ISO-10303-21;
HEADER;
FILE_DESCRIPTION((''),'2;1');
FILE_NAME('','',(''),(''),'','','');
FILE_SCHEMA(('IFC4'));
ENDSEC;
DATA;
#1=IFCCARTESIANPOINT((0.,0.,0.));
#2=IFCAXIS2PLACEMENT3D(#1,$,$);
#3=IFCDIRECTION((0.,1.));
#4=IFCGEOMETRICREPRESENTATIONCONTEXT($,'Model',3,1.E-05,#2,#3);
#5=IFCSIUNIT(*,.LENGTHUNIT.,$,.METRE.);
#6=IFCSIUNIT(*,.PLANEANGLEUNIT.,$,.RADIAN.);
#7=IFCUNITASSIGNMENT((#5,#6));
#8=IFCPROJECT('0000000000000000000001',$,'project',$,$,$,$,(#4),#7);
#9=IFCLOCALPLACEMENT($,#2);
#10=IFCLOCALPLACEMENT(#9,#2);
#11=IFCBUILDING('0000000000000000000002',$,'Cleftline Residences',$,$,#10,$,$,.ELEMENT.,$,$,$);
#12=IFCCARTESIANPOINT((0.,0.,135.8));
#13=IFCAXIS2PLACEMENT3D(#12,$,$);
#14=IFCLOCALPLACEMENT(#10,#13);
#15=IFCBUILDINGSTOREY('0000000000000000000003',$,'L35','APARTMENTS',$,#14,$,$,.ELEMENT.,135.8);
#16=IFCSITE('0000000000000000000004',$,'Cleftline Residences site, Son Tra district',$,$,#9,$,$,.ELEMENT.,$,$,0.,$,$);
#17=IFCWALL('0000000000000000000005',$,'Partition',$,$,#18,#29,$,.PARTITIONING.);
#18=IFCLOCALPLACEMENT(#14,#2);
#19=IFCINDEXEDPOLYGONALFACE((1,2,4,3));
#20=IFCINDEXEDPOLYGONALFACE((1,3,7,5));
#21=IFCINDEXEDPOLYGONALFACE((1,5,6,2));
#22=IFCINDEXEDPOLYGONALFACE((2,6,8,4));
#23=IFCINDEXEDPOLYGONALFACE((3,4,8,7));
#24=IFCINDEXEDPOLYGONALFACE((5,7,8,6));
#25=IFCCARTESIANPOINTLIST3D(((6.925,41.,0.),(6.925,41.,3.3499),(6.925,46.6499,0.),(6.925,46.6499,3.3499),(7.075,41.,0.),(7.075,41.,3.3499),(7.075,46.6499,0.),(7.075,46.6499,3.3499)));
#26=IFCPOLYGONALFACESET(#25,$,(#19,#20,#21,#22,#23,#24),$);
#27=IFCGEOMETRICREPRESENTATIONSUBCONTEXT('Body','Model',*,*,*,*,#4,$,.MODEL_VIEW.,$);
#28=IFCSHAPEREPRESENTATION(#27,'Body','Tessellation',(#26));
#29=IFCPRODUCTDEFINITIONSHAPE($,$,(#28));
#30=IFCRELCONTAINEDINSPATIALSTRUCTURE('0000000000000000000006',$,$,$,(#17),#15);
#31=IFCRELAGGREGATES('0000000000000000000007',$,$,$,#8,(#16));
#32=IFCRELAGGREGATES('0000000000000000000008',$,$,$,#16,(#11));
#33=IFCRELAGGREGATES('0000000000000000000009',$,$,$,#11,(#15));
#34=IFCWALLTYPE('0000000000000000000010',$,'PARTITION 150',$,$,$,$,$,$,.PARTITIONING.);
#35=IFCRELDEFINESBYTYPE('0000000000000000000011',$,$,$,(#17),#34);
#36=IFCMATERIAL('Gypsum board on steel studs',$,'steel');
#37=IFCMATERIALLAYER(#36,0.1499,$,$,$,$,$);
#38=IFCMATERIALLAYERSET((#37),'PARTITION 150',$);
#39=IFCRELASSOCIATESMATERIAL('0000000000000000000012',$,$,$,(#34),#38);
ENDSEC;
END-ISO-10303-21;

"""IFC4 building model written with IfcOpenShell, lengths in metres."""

from ifc_helpers import new_model, si_unit, direction, frame, frame_2d, origin, place, context, subcontext, project, spatial, rectangle, extrude, material, layer, layer_set, type_object, element, save


model = new_model("IFC4")

# Units and contexts
model_context = context("Model", 3, precision=1e-05, world=origin(), true_north=direction((0.0, 1.0)))
body_context = subcontext(model_context, "Body", "Model", "MODEL_VIEW")
ifc_project = project(units=[si_unit("LENGTHUNIT", "METRE"), si_unit("PLANEANGLEUNIT", "RADIAN")], contexts=[model_context])

# Site, building, storey
site_placement = place(None, origin())
site = spatial("IfcSite", under=ifc_project, at=site_placement, Name="Cleftline Residences site, Son Tra district", CompositionType="ELEMENT", RefElevation=0.0)
building_placement = place(site_placement, origin())
building = spatial("IfcBuilding", under=site, at=building_placement, Name="Cleftline Residences", CompositionType="ELEMENT")
storey_placement = place(building_placement, frame((0.0, 0.0, 135.8)))
storey = spatial("IfcBuildingStorey", under=building, at=storey_placement, Name="L35", Description="APARTMENTS", CompositionType="ELEMENT", Elevation=135.8)

# Wall
ifc_material_1 = material(Name="Gypsum board on steel studs", Category="steel")
ifc_layer_1 = layer(ifc_material_1, 0.1499)
ifc_layer_set_1 = layer_set([ifc_layer_1], Name="PARTITION 150")
wall_type_1 = type_object("IfcWallType", Name="PARTITION 150", PredefinedType="PARTITIONING", material=ifc_layer_set_1)
wall_1_placement = place(storey_placement, frame((7.0, 41.0, 0.0), z_axis=(0.0, 0.0, 1.0), x_axis=(0.0, 1.0, 0.0)))
element("IfcWall", 1, at=wall_1_placement, inside=storey, type_object=wall_type_1, Name="Partition", PredefinedType="PARTITIONING", context=body_context, shape_type="SweptSolid", body=[
    extrude(rectangle(XDim=5.6499, YDim=0.1499, at=frame_2d((2.825, 0.0))), origin(), (0.0, 0.0, 1.0), 3.3499),
])

save(model, "model.ifc")
